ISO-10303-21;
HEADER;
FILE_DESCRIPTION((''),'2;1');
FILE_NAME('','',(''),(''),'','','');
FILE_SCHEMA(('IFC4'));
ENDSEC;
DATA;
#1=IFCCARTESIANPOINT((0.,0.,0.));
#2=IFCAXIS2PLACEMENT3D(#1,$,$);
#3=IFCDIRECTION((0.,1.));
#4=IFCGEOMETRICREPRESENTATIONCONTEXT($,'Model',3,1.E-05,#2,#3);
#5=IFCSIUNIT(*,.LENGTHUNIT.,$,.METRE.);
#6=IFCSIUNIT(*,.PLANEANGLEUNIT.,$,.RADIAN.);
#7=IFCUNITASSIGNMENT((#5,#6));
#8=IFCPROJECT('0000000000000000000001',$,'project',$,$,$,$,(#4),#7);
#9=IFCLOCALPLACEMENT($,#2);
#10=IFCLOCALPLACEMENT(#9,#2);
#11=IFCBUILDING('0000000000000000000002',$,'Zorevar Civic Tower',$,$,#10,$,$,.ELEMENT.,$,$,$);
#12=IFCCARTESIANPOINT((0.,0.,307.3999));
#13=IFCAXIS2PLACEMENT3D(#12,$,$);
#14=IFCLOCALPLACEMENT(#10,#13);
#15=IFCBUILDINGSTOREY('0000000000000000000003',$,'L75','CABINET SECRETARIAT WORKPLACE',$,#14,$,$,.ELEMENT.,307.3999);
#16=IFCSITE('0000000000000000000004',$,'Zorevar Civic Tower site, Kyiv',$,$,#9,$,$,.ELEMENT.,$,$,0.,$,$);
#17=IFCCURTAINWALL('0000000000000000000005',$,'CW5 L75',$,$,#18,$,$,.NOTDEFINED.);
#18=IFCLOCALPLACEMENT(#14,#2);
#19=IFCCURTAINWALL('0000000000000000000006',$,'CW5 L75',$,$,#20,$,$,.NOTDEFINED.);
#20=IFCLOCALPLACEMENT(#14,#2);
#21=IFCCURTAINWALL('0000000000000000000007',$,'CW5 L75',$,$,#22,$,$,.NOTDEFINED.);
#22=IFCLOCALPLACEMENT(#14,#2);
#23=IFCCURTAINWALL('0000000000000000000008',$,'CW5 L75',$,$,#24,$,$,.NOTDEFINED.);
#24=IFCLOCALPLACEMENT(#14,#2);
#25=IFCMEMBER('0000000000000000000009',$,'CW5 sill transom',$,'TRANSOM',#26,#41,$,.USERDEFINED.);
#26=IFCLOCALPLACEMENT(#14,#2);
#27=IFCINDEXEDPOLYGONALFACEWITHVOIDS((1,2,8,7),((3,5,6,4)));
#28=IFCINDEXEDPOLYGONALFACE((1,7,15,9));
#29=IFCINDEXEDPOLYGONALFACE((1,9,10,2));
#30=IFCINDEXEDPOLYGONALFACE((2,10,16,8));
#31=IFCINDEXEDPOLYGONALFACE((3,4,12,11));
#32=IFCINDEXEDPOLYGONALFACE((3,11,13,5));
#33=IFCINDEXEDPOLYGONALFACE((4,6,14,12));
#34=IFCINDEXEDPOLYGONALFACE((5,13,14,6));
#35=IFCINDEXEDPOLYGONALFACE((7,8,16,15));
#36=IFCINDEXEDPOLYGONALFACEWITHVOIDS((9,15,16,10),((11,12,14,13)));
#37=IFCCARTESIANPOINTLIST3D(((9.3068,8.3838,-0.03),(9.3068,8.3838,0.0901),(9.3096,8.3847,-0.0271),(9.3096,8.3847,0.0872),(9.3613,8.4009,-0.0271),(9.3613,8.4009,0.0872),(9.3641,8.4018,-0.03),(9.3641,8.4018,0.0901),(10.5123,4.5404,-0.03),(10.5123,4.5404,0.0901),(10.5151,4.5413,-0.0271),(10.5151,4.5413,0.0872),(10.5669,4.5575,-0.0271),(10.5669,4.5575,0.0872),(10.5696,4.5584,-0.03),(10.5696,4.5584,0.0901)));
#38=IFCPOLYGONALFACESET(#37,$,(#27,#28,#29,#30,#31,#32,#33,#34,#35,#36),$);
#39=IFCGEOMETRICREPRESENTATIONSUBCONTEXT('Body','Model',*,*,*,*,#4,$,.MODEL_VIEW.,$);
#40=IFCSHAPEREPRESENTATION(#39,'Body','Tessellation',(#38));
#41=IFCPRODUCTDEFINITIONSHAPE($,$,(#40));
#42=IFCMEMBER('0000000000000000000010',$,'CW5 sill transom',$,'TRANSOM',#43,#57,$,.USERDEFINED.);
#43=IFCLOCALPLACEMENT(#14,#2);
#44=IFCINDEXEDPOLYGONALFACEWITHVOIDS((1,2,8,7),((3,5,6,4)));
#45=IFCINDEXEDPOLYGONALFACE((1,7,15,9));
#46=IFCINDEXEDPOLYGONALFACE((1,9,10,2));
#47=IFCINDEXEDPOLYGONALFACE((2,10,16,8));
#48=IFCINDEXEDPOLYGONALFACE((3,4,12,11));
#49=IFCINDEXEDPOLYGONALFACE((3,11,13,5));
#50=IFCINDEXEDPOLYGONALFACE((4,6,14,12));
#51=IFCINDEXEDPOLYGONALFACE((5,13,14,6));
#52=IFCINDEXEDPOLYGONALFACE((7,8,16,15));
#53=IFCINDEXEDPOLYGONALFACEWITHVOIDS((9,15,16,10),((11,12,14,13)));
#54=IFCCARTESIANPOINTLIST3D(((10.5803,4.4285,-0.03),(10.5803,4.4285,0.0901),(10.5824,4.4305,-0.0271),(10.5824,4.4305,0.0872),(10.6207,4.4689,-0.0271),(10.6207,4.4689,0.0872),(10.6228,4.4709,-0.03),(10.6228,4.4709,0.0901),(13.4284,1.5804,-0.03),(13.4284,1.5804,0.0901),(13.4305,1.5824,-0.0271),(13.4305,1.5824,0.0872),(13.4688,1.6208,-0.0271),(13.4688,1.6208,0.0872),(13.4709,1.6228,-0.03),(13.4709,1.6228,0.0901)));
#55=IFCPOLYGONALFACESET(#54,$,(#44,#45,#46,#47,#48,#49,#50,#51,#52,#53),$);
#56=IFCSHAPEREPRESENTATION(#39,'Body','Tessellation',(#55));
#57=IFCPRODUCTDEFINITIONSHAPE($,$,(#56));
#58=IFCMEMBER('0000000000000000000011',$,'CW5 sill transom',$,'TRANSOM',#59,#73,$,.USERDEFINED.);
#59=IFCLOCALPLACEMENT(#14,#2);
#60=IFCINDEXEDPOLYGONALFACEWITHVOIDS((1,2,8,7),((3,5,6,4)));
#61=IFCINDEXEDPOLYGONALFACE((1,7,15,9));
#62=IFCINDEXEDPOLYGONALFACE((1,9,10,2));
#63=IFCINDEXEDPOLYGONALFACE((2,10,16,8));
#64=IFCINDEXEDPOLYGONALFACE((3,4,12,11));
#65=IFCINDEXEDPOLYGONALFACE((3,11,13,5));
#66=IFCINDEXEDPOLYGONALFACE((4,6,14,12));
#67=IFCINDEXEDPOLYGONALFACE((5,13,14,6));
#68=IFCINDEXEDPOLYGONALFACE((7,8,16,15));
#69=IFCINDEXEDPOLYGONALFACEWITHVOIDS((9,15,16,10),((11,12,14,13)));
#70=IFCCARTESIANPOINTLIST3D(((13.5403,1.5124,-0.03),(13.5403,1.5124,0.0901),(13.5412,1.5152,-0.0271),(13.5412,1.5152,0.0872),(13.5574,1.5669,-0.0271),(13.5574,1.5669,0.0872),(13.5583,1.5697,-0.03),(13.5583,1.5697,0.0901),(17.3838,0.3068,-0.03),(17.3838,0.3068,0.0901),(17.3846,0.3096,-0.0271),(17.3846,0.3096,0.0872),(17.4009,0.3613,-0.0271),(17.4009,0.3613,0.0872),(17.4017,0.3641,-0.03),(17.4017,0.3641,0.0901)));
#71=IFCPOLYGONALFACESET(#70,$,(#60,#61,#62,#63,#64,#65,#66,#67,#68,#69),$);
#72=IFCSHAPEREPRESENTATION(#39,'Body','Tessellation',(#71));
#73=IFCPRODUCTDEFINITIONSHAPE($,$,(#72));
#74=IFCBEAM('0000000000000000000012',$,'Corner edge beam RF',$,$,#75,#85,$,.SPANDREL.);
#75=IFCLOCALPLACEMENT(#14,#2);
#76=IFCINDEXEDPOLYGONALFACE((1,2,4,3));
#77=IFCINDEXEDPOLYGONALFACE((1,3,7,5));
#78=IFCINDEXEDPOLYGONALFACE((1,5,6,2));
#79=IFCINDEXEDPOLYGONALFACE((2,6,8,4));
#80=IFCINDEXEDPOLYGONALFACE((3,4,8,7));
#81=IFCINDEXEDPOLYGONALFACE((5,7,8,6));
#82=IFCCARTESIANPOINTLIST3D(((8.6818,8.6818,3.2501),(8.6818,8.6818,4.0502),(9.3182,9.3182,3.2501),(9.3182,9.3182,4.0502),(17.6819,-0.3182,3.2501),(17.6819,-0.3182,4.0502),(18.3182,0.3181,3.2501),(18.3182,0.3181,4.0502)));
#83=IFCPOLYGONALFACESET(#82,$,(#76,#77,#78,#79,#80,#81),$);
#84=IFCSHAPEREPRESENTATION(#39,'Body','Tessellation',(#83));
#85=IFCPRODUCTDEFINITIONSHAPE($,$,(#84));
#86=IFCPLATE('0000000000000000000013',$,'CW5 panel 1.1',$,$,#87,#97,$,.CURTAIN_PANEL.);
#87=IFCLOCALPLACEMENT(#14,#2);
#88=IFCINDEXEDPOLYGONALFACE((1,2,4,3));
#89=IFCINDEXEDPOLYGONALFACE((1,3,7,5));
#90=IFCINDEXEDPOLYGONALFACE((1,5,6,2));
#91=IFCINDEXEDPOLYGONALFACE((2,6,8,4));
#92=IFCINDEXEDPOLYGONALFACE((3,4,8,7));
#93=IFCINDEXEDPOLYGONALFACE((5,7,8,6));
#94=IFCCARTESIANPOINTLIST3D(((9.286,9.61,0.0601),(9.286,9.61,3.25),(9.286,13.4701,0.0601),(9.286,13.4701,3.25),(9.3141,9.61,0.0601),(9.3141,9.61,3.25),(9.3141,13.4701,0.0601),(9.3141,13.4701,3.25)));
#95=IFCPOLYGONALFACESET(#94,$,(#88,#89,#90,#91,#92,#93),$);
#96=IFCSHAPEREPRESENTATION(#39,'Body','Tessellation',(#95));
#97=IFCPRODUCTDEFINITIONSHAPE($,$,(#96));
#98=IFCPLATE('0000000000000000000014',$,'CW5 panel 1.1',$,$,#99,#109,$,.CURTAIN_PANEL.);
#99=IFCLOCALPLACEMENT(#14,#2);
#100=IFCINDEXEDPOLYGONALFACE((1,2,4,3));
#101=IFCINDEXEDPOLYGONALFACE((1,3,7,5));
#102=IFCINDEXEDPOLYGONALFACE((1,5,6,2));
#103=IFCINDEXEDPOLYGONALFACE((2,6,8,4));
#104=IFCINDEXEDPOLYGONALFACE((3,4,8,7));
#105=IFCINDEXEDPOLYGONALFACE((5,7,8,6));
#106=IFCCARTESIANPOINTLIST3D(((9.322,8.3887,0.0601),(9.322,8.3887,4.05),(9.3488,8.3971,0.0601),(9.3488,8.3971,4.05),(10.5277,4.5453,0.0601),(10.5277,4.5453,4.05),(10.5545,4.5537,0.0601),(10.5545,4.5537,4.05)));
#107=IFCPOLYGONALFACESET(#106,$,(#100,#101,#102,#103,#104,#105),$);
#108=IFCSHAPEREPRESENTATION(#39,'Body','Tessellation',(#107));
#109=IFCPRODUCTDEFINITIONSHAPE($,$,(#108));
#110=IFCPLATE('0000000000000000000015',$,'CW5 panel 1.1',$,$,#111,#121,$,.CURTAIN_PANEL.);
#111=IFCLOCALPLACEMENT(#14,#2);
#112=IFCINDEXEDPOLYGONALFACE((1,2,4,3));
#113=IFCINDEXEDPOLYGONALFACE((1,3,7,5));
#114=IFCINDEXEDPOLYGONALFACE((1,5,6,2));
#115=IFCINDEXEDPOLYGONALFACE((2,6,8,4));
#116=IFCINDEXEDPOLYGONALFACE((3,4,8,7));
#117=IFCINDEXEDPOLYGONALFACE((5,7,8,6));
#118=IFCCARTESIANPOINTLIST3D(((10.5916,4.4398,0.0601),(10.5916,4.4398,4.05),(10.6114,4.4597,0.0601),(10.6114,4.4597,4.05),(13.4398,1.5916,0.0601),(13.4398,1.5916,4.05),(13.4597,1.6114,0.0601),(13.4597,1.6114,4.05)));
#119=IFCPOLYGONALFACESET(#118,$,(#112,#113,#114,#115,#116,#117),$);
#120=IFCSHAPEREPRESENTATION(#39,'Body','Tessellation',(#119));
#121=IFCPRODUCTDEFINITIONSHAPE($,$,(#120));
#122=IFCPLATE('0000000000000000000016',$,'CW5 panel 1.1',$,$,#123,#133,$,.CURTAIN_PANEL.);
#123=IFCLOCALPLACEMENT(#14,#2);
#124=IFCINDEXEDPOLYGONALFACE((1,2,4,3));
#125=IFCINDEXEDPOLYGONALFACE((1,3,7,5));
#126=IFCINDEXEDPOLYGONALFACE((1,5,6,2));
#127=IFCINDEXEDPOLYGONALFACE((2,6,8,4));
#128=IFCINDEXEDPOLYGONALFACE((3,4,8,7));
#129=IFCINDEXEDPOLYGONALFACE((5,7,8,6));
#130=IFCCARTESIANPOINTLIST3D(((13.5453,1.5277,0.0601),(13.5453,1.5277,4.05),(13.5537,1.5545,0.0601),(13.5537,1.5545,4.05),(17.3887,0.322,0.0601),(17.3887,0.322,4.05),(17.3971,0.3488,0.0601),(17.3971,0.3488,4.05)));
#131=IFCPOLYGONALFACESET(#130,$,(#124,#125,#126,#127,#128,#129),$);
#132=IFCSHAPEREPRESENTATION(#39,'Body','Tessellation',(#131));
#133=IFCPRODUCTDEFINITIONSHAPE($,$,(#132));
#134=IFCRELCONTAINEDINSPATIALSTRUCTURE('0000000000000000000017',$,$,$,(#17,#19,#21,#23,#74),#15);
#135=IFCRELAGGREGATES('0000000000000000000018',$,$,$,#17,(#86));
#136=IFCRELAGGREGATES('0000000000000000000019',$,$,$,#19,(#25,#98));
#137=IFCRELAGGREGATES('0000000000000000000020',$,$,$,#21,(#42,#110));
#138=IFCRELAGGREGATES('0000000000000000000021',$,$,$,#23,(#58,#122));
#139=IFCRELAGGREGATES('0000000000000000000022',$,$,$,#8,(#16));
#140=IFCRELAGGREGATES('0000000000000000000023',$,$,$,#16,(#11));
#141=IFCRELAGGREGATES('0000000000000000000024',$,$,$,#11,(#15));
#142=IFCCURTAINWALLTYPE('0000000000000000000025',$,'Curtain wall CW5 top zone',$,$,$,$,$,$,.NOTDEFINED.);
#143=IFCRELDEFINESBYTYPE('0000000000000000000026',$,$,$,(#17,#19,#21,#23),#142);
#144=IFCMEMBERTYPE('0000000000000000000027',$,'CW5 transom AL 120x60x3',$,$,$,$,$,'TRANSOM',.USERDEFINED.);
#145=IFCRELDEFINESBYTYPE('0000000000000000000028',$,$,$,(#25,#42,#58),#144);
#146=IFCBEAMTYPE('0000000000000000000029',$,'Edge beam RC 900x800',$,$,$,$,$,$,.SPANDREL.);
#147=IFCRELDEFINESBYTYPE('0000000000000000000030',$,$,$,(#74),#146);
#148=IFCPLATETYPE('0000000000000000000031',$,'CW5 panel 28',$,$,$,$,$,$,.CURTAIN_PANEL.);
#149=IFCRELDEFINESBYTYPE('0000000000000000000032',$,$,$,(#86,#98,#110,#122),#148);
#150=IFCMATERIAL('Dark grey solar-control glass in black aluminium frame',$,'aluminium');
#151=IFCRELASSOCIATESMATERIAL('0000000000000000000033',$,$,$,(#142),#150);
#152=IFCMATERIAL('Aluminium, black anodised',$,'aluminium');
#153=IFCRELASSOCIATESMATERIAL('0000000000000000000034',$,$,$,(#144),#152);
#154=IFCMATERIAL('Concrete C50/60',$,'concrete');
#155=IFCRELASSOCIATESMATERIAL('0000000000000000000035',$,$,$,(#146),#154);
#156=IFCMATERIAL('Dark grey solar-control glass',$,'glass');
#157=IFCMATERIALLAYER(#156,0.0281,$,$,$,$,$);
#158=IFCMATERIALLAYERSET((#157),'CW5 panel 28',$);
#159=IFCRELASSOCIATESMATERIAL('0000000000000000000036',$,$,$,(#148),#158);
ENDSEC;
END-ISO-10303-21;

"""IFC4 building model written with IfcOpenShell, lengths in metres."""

from ifc_helpers import new_model, si_unit, direction, frame, origin, origin_2d, place, context, subcontext, project, spatial, rectangle, hollow_rectangle, extrude, material, layer, layer_set, material_profile, profile_set, type_object, element, aggregate, save


model = new_model("IFC4")

# Units and contexts
model_context = context("Model", 3, precision=1e-05, world=origin(), true_north=direction((0.0, 1.0)))
body_context = subcontext(model_context, "Body", "Model", "MODEL_VIEW")
ifc_project = project(units=[si_unit("LENGTHUNIT", "METRE"), si_unit("PLANEANGLEUNIT", "RADIAN")], contexts=[model_context])

# Site, building, storey
site_placement = place(None, origin())
site = spatial("IfcSite", under=ifc_project, at=site_placement, Name="Zorevar Civic Tower site, Kyiv", CompositionType="ELEMENT", RefElevation=0.0)
building_placement = place(site_placement, origin())
building = spatial("IfcBuilding", under=site, at=building_placement, Name="Zorevar Civic Tower", CompositionType="ELEMENT")
storey_placement = place(building_placement, frame((0.0, 0.0, 307.3999)))
storey = spatial("IfcBuildingStorey", under=building, at=storey_placement, Name="L75", Description="CABINET SECRETARIAT WORKPLACE", CompositionType="ELEMENT", Elevation=307.3999)

# Curtain walls
ifc_material_1 = material(Name="Dark grey solar-control glass in black aluminium frame", Category="aluminium")
curtain_wall_type = type_object("IfcCurtainWallType", Name="Curtain wall CW5 top zone", PredefinedType="NOTDEFINED", material=ifc_material_1)
curtain_wall_1_placement = place(storey_placement, origin())
curtain_wall_1 = element("IfcCurtainWall", 1, at=curtain_wall_1_placement, inside=storey, type_object=curtain_wall_type, Name="CW5 L75", PredefinedType="NOTDEFINED")
curtain_wall_2_placement = place(storey_placement, origin())
curtain_wall_2 = element("IfcCurtainWall", 2, at=curtain_wall_2_placement, inside=storey, type_object=curtain_wall_type, Name="CW5 L75", PredefinedType="NOTDEFINED")
curtain_wall_3_placement = place(storey_placement, origin())
curtain_wall_3 = element("IfcCurtainWall", 3, at=curtain_wall_3_placement, inside=storey, type_object=curtain_wall_type, Name="CW5 L75", PredefinedType="NOTDEFINED")
curtain_wall_4_placement = place(storey_placement, origin())
curtain_wall_4 = element("IfcCurtainWall", 4, at=curtain_wall_4_placement, inside=storey, type_object=curtain_wall_type, Name="CW5 L75", PredefinedType="NOTDEFINED")

# Members
ifc_material_2 = material(Name="Aluminium, black anodised", Category="aluminium")
ifc_material_profile_1 = material_profile(ifc_material_2, hollow_rectangle(XDim=0.0601, YDim=0.1201, WallThickness=0.0029, at=origin_2d()), Name="AL 120x60x3")
ifc_profile_set_1 = profile_set([ifc_material_profile_1], Name="Aluminium, black anodised")
member_type_1 = type_object("IfcMemberType", Name="CW5 transom AL 120x60x3", ElementType="TRANSOM", PredefinedType="USERDEFINED", material=ifc_profile_set_1)
member_1_placement = place(storey_placement, frame((9.3354, 8.3928, 0.03), z_axis=(0.299286, -0.954163, 0.0), x_axis=(0.954163, 0.299286, 0.0)))
member_1 = element("IfcMember", 5, at=member_1_placement, type_object=member_type_1, Name="CW5 sill transom", ObjectType="TRANSOM", PredefinedType="USERDEFINED", context=body_context, shape_type="SweptSolid", body=[
    extrude(hollow_rectangle(XDim=0.0601, YDim=0.1201, WallThickness=0.0029, at=origin_2d()), origin(), (0.0, 0.0, 1.0), 4.0281),
])
member_2_placement = place(storey_placement, frame((10.6016, 4.4497, 0.03), z_axis=(0.707107, -0.707107, 0.0), x_axis=(0.707107, 0.707107, 0.0)))
member_2 = element("IfcMember", 6, at=member_2_placement, type_object=member_type_1, Name="CW5 sill transom", ObjectType="TRANSOM", PredefinedType="USERDEFINED", context=body_context, shape_type="SweptSolid", body=[
    extrude(hollow_rectangle(XDim=0.0601, YDim=0.1201, WallThickness=0.0029, at=origin_2d()), origin(), (0.0, 0.0, 1.0), 4.0278),
])
member_3_placement = place(storey_placement, frame((13.5493, 1.541, 0.03), z_axis=(0.954163, -0.299286, 0.0), x_axis=(0.299286, 0.954163, 0.0)))
member_3 = element("IfcMember", 7, at=member_3_placement, type_object=member_type_1, Name="CW5 sill transom", ObjectType="TRANSOM", PredefinedType="USERDEFINED", context=body_context, shape_type="SweptSolid", body=[
    extrude(hollow_rectangle(XDim=0.0601, YDim=0.1201, WallThickness=0.0029, at=origin_2d()), origin(), (0.0, 0.0, 1.0), 4.0281),
])

# Beam
ifc_material_3 = material(Name="Concrete C50/60", Category="concrete")
ifc_material_profile_2 = material_profile(ifc_material_3, rectangle(XDim=0.8999, YDim=0.8, at=origin_2d()), Name="RC 900x800")
ifc_profile_set_2 = profile_set([ifc_material_profile_2], Name="Concrete C50/60")
beam_type_1 = type_object("IfcBeamType", Name="Edge beam RC 900x800", PredefinedType="SPANDREL", material=ifc_profile_set_2)
beam_1_placement = place(storey_placement, frame((9.0, 9.0, 3.6501), z_axis=(0.707107, -0.707107, 0.0), x_axis=(0.707107, 0.707107, 0.0)))
element("IfcBeam", 8, at=beam_1_placement, inside=storey, type_object=beam_type_1, Name="Corner edge beam RF", PredefinedType="SPANDREL", context=body_context, shape_type="SweptSolid", body=[
    extrude(rectangle(XDim=0.8999, YDim=0.8, at=origin_2d()), origin(), (0.0, 0.0, 1.0), 12.728),
])

# Plates
ifc_material_4 = material(Name="Dark grey solar-control glass", Category="glass")
ifc_layer = layer(ifc_material_4, 0.0281)
ifc_layer_set = layer_set([ifc_layer], Name="CW5 panel 28")
plate_type = type_object("IfcPlateType", Name="CW5 panel 28", PredefinedType="CURTAIN_PANEL", material=ifc_layer_set)
plate_1_placement = place(storey_placement, frame((9.3, 11.54, 0.0601), z_axis=(0.0, 0.0, 1.0), x_axis=(0.0, 1.0, 0.0)))
plate_1 = element("IfcPlate", 9, at=plate_1_placement, type_object=plate_type, Name="CW5 panel 1.1", PredefinedType="CURTAIN_PANEL", context=body_context, shape_type="SweptSolid", body=[
    extrude(rectangle(XDim=3.8601, YDim=0.0281, at=origin_2d()), origin(), (0.0, 0.0, 1.0), 3.1899),
])
aggregate(curtain_wall_1, [plate_1])
plate_2_placement = place(storey_placement, frame((9.9382, 6.4712, 0.0601), z_axis=(0.0, 0.0, 1.0), x_axis=(0.299318, -0.954153, 0.0)))
plate_2 = element("IfcPlate", 10, at=plate_2_placement, type_object=plate_type, Name="CW5 panel 1.1", PredefinedType="CURTAIN_PANEL", context=body_context, shape_type="SweptSolid", body=[
    extrude(rectangle(XDim=4.0281, YDim=0.0281, at=origin_2d()), origin(), (0.0, 0.0, 1.0), 3.99),
])
aggregate(curtain_wall_2, [member_1, plate_2])
plate_3_placement = place(storey_placement, frame((12.0256, 3.0256, 0.0601), z_axis=(0.0, 0.0, 1.0), x_axis=(0.707107, -0.707107, 0.0)))
plate_3 = element("IfcPlate", 11, at=plate_3_placement, type_object=plate_type, Name="CW5 panel 1.1", PredefinedType="CURTAIN_PANEL", context=body_context, shape_type="SweptSolid", body=[
    extrude(rectangle(XDim=4.0281, YDim=0.0281, at=origin_2d()), origin(), (0.0, 0.0, 1.0), 3.99),
])
aggregate(curtain_wall_3, [member_2, plate_3])
plate_4_placement = place(storey_placement, frame((15.4712, 0.9382, 0.0601), z_axis=(0.0, 0.0, 1.0), x_axis=(0.954153, -0.299318, 0.0)))
plate_4 = element("IfcPlate", 12, at=plate_4_placement, type_object=plate_type, Name="CW5 panel 1.1", PredefinedType="CURTAIN_PANEL", context=body_context, shape_type="SweptSolid", body=[
    extrude(rectangle(XDim=4.0281, YDim=0.0281, at=origin_2d()), origin(), (0.0, 0.0, 1.0), 3.99),
])
aggregate(curtain_wall_4, [member_3, plate_4])

save(model, "model.ifc")
